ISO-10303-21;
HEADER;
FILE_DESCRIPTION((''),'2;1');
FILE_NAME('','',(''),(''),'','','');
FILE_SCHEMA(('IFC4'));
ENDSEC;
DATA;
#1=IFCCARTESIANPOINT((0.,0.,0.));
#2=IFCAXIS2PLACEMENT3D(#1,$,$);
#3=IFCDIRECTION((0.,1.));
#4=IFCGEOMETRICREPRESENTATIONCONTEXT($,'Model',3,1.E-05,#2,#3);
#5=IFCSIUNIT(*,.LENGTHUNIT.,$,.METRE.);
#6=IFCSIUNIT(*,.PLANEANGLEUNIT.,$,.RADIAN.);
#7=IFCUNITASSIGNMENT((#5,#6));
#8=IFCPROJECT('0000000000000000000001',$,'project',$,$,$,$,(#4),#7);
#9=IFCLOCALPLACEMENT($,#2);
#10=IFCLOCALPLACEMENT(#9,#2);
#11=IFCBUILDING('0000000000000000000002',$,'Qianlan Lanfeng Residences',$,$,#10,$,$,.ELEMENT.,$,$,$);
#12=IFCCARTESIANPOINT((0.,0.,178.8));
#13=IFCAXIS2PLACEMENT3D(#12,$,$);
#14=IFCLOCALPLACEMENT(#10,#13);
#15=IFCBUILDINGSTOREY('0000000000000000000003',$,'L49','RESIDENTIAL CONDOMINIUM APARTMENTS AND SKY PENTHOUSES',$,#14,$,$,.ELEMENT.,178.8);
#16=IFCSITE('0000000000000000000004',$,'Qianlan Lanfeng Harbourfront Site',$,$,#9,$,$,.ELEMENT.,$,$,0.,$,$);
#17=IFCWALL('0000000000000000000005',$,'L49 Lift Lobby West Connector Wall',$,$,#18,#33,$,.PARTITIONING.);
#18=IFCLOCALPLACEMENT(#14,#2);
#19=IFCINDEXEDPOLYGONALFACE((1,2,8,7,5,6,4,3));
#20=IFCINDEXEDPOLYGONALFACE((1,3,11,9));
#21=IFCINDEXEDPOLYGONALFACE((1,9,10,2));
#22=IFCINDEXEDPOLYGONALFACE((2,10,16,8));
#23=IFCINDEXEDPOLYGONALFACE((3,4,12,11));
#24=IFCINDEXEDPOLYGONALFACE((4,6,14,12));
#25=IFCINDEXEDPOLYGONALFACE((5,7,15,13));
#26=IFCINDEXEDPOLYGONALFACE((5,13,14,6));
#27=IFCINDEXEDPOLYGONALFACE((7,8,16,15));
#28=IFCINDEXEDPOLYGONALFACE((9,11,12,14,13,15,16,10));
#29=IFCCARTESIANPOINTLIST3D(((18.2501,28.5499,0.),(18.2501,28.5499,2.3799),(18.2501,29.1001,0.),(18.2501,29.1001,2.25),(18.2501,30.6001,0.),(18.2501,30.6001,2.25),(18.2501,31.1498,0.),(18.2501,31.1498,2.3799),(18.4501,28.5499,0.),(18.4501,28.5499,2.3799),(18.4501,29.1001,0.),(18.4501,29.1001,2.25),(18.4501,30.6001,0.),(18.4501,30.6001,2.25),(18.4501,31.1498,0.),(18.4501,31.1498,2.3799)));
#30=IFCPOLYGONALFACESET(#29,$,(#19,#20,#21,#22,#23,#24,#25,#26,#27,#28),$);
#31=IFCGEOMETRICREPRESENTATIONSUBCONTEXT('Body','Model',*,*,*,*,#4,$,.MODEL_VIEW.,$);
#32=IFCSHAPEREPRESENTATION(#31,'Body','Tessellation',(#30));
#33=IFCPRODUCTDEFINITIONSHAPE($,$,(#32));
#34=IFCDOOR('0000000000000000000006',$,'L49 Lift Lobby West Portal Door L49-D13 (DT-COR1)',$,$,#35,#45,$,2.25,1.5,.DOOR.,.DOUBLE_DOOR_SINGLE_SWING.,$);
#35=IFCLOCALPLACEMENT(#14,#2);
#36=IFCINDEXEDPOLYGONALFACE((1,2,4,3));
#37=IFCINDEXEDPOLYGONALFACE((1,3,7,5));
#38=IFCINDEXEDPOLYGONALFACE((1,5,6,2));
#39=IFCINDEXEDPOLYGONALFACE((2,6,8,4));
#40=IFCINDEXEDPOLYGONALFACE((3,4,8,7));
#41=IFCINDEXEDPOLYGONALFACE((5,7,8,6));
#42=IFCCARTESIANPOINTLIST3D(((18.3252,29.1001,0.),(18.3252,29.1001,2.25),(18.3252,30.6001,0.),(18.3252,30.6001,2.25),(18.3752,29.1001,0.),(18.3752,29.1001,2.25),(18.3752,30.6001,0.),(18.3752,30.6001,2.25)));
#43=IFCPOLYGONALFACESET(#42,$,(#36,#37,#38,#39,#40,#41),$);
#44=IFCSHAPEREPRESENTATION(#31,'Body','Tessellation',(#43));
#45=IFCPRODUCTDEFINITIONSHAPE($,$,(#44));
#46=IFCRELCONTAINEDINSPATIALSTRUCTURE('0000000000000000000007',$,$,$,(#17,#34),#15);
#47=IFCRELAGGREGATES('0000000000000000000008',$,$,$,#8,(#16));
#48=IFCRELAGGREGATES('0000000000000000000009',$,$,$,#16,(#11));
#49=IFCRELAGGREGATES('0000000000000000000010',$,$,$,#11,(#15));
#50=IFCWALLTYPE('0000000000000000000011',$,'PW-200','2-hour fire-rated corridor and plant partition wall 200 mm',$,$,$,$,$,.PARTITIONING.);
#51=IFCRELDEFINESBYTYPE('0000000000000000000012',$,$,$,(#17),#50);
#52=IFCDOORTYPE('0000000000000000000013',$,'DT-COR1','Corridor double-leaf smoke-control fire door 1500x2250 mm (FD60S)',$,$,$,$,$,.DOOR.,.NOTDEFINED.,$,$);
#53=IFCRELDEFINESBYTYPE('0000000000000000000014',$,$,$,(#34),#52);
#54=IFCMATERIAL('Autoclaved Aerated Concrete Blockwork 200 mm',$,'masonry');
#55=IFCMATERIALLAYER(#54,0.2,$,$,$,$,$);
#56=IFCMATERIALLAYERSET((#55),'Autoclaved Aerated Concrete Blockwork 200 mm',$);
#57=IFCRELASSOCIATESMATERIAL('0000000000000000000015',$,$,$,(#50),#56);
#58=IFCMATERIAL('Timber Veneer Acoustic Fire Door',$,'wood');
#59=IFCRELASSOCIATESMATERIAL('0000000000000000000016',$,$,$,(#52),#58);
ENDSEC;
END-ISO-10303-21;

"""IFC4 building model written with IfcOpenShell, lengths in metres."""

from ifc_helpers import new_model, si_unit, direction, frame, frame_2d, origin, place, context, subcontext, project, spatial, rectangle, extrude, material, layer, layer_set, type_object, element, fill, save


model = new_model("IFC4")

# Units and contexts
model_context = context("Model", 3, precision=1e-05, world=origin(), true_north=direction((0.0, 1.0)))
body_context = subcontext(model_context, "Body", "Model", "MODEL_VIEW")
ifc_project = project(units=[si_unit("LENGTHUNIT", "METRE"), si_unit("PLANEANGLEUNIT", "RADIAN")], contexts=[model_context])

# Site, building, storey
site_placement = place(None, origin())
site = spatial("IfcSite", under=ifc_project, at=site_placement, Name="Qianlan Lanfeng Harbourfront Site", CompositionType="ELEMENT", RefElevation=0.0)
building_placement = place(site_placement, origin())
building = spatial("IfcBuilding", under=site, at=building_placement, Name="Qianlan Lanfeng Residences", CompositionType="ELEMENT")
storey_placement = place(building_placement, frame((0.0, 0.0, 178.8)))
storey = spatial("IfcBuildingStorey", under=building, at=storey_placement, Name="L49", Description="RESIDENTIAL CONDOMINIUM APARTMENTS AND SKY PENTHOUSES", CompositionType="ELEMENT", Elevation=178.8)

# Wall, opening, door
ifc_material_1 = material(Name="Autoclaved Aerated Concrete Blockwork 200 mm", Category="masonry")
ifc_layer_1 = layer(ifc_material_1, 0.2)
ifc_layer_set_1 = layer_set([ifc_layer_1], Name="Autoclaved Aerated Concrete Blockwork 200 mm")
wall_type_1 = type_object("IfcWallType", Name="PW-200", Description="2-hour fire-rated corridor and plant partition wall 200 mm", PredefinedType="PARTITIONING", material=ifc_layer_set_1)
wall_1_placement = place(storey_placement, frame((18.3501, 28.55, 0.0), z_axis=(0.0, 0.0, 1.0), x_axis=(0.0, 1.0, 0.0)))
wall_1 = element("IfcWall", 1, at=wall_1_placement, inside=storey, type_object=wall_type_1, Name="L49 Lift Lobby West Connector Wall", PredefinedType="PARTITIONING", context=body_context, shape_type="SweptSolid", body=[
    extrude(rectangle(XDim=2.5999, YDim=0.2, at=frame_2d((1.2998, 0.0))), origin(), (0.0, 0.0, 1.0), 2.3799),
])
opening_1_placement = place(wall_1_placement, frame((0.55, 0.0, 0.0)))
opening_1 = element("IfcOpeningElement", 2, at=opening_1_placement, cuts=wall_1, PredefinedType="OPENING", context=body_context, shape_type="SweptSolid", body=[
    extrude(rectangle(XDim=1.5, YDim=2.25, at=frame_2d((0.75, 1.125))), frame((0.0, 0.1099, 0.0), z_axis=(0.0, -1.0, 0.0), x_axis=(1.0, 0.0, 0.0)), (0.0, 0.0, 1.0), 0.22),
])
ifc_material_2 = material(Name="Timber Veneer Acoustic Fire Door", Category="wood")
door_type_1 = type_object("IfcDoorType", Name="DT-COR1", Description="Corridor double-leaf smoke-control fire door 1500x2250 mm (FD60S)", OperationType="NOTDEFINED", PredefinedType="DOOR", material=ifc_material_2)
door_1_placement = place(opening_1_placement, origin())
door_1 = element("IfcDoor", 3, at=door_1_placement, inside=storey, type_object=door_type_1, Name="L49 Lift Lobby West Portal Door L49-D13 (DT-COR1)", OperationType="DOUBLE_DOOR_SINGLE_SWING", OverallHeight=2.25, OverallWidth=1.5, PredefinedType="DOOR", context=body_context, shape_type="SweptSolid", body=[
    extrude(rectangle(XDim=1.5, YDim=2.25, at=frame_2d((0.75, 1.125))), frame((0.0, 0.0249, 0.0), z_axis=(0.0, -1.0, 0.0), x_axis=(1.0, 0.0, 0.0)), (0.0, 0.0, 1.0), 0.05),
])
fill(opening_1, door_1)

save(model, "model.ifc")
